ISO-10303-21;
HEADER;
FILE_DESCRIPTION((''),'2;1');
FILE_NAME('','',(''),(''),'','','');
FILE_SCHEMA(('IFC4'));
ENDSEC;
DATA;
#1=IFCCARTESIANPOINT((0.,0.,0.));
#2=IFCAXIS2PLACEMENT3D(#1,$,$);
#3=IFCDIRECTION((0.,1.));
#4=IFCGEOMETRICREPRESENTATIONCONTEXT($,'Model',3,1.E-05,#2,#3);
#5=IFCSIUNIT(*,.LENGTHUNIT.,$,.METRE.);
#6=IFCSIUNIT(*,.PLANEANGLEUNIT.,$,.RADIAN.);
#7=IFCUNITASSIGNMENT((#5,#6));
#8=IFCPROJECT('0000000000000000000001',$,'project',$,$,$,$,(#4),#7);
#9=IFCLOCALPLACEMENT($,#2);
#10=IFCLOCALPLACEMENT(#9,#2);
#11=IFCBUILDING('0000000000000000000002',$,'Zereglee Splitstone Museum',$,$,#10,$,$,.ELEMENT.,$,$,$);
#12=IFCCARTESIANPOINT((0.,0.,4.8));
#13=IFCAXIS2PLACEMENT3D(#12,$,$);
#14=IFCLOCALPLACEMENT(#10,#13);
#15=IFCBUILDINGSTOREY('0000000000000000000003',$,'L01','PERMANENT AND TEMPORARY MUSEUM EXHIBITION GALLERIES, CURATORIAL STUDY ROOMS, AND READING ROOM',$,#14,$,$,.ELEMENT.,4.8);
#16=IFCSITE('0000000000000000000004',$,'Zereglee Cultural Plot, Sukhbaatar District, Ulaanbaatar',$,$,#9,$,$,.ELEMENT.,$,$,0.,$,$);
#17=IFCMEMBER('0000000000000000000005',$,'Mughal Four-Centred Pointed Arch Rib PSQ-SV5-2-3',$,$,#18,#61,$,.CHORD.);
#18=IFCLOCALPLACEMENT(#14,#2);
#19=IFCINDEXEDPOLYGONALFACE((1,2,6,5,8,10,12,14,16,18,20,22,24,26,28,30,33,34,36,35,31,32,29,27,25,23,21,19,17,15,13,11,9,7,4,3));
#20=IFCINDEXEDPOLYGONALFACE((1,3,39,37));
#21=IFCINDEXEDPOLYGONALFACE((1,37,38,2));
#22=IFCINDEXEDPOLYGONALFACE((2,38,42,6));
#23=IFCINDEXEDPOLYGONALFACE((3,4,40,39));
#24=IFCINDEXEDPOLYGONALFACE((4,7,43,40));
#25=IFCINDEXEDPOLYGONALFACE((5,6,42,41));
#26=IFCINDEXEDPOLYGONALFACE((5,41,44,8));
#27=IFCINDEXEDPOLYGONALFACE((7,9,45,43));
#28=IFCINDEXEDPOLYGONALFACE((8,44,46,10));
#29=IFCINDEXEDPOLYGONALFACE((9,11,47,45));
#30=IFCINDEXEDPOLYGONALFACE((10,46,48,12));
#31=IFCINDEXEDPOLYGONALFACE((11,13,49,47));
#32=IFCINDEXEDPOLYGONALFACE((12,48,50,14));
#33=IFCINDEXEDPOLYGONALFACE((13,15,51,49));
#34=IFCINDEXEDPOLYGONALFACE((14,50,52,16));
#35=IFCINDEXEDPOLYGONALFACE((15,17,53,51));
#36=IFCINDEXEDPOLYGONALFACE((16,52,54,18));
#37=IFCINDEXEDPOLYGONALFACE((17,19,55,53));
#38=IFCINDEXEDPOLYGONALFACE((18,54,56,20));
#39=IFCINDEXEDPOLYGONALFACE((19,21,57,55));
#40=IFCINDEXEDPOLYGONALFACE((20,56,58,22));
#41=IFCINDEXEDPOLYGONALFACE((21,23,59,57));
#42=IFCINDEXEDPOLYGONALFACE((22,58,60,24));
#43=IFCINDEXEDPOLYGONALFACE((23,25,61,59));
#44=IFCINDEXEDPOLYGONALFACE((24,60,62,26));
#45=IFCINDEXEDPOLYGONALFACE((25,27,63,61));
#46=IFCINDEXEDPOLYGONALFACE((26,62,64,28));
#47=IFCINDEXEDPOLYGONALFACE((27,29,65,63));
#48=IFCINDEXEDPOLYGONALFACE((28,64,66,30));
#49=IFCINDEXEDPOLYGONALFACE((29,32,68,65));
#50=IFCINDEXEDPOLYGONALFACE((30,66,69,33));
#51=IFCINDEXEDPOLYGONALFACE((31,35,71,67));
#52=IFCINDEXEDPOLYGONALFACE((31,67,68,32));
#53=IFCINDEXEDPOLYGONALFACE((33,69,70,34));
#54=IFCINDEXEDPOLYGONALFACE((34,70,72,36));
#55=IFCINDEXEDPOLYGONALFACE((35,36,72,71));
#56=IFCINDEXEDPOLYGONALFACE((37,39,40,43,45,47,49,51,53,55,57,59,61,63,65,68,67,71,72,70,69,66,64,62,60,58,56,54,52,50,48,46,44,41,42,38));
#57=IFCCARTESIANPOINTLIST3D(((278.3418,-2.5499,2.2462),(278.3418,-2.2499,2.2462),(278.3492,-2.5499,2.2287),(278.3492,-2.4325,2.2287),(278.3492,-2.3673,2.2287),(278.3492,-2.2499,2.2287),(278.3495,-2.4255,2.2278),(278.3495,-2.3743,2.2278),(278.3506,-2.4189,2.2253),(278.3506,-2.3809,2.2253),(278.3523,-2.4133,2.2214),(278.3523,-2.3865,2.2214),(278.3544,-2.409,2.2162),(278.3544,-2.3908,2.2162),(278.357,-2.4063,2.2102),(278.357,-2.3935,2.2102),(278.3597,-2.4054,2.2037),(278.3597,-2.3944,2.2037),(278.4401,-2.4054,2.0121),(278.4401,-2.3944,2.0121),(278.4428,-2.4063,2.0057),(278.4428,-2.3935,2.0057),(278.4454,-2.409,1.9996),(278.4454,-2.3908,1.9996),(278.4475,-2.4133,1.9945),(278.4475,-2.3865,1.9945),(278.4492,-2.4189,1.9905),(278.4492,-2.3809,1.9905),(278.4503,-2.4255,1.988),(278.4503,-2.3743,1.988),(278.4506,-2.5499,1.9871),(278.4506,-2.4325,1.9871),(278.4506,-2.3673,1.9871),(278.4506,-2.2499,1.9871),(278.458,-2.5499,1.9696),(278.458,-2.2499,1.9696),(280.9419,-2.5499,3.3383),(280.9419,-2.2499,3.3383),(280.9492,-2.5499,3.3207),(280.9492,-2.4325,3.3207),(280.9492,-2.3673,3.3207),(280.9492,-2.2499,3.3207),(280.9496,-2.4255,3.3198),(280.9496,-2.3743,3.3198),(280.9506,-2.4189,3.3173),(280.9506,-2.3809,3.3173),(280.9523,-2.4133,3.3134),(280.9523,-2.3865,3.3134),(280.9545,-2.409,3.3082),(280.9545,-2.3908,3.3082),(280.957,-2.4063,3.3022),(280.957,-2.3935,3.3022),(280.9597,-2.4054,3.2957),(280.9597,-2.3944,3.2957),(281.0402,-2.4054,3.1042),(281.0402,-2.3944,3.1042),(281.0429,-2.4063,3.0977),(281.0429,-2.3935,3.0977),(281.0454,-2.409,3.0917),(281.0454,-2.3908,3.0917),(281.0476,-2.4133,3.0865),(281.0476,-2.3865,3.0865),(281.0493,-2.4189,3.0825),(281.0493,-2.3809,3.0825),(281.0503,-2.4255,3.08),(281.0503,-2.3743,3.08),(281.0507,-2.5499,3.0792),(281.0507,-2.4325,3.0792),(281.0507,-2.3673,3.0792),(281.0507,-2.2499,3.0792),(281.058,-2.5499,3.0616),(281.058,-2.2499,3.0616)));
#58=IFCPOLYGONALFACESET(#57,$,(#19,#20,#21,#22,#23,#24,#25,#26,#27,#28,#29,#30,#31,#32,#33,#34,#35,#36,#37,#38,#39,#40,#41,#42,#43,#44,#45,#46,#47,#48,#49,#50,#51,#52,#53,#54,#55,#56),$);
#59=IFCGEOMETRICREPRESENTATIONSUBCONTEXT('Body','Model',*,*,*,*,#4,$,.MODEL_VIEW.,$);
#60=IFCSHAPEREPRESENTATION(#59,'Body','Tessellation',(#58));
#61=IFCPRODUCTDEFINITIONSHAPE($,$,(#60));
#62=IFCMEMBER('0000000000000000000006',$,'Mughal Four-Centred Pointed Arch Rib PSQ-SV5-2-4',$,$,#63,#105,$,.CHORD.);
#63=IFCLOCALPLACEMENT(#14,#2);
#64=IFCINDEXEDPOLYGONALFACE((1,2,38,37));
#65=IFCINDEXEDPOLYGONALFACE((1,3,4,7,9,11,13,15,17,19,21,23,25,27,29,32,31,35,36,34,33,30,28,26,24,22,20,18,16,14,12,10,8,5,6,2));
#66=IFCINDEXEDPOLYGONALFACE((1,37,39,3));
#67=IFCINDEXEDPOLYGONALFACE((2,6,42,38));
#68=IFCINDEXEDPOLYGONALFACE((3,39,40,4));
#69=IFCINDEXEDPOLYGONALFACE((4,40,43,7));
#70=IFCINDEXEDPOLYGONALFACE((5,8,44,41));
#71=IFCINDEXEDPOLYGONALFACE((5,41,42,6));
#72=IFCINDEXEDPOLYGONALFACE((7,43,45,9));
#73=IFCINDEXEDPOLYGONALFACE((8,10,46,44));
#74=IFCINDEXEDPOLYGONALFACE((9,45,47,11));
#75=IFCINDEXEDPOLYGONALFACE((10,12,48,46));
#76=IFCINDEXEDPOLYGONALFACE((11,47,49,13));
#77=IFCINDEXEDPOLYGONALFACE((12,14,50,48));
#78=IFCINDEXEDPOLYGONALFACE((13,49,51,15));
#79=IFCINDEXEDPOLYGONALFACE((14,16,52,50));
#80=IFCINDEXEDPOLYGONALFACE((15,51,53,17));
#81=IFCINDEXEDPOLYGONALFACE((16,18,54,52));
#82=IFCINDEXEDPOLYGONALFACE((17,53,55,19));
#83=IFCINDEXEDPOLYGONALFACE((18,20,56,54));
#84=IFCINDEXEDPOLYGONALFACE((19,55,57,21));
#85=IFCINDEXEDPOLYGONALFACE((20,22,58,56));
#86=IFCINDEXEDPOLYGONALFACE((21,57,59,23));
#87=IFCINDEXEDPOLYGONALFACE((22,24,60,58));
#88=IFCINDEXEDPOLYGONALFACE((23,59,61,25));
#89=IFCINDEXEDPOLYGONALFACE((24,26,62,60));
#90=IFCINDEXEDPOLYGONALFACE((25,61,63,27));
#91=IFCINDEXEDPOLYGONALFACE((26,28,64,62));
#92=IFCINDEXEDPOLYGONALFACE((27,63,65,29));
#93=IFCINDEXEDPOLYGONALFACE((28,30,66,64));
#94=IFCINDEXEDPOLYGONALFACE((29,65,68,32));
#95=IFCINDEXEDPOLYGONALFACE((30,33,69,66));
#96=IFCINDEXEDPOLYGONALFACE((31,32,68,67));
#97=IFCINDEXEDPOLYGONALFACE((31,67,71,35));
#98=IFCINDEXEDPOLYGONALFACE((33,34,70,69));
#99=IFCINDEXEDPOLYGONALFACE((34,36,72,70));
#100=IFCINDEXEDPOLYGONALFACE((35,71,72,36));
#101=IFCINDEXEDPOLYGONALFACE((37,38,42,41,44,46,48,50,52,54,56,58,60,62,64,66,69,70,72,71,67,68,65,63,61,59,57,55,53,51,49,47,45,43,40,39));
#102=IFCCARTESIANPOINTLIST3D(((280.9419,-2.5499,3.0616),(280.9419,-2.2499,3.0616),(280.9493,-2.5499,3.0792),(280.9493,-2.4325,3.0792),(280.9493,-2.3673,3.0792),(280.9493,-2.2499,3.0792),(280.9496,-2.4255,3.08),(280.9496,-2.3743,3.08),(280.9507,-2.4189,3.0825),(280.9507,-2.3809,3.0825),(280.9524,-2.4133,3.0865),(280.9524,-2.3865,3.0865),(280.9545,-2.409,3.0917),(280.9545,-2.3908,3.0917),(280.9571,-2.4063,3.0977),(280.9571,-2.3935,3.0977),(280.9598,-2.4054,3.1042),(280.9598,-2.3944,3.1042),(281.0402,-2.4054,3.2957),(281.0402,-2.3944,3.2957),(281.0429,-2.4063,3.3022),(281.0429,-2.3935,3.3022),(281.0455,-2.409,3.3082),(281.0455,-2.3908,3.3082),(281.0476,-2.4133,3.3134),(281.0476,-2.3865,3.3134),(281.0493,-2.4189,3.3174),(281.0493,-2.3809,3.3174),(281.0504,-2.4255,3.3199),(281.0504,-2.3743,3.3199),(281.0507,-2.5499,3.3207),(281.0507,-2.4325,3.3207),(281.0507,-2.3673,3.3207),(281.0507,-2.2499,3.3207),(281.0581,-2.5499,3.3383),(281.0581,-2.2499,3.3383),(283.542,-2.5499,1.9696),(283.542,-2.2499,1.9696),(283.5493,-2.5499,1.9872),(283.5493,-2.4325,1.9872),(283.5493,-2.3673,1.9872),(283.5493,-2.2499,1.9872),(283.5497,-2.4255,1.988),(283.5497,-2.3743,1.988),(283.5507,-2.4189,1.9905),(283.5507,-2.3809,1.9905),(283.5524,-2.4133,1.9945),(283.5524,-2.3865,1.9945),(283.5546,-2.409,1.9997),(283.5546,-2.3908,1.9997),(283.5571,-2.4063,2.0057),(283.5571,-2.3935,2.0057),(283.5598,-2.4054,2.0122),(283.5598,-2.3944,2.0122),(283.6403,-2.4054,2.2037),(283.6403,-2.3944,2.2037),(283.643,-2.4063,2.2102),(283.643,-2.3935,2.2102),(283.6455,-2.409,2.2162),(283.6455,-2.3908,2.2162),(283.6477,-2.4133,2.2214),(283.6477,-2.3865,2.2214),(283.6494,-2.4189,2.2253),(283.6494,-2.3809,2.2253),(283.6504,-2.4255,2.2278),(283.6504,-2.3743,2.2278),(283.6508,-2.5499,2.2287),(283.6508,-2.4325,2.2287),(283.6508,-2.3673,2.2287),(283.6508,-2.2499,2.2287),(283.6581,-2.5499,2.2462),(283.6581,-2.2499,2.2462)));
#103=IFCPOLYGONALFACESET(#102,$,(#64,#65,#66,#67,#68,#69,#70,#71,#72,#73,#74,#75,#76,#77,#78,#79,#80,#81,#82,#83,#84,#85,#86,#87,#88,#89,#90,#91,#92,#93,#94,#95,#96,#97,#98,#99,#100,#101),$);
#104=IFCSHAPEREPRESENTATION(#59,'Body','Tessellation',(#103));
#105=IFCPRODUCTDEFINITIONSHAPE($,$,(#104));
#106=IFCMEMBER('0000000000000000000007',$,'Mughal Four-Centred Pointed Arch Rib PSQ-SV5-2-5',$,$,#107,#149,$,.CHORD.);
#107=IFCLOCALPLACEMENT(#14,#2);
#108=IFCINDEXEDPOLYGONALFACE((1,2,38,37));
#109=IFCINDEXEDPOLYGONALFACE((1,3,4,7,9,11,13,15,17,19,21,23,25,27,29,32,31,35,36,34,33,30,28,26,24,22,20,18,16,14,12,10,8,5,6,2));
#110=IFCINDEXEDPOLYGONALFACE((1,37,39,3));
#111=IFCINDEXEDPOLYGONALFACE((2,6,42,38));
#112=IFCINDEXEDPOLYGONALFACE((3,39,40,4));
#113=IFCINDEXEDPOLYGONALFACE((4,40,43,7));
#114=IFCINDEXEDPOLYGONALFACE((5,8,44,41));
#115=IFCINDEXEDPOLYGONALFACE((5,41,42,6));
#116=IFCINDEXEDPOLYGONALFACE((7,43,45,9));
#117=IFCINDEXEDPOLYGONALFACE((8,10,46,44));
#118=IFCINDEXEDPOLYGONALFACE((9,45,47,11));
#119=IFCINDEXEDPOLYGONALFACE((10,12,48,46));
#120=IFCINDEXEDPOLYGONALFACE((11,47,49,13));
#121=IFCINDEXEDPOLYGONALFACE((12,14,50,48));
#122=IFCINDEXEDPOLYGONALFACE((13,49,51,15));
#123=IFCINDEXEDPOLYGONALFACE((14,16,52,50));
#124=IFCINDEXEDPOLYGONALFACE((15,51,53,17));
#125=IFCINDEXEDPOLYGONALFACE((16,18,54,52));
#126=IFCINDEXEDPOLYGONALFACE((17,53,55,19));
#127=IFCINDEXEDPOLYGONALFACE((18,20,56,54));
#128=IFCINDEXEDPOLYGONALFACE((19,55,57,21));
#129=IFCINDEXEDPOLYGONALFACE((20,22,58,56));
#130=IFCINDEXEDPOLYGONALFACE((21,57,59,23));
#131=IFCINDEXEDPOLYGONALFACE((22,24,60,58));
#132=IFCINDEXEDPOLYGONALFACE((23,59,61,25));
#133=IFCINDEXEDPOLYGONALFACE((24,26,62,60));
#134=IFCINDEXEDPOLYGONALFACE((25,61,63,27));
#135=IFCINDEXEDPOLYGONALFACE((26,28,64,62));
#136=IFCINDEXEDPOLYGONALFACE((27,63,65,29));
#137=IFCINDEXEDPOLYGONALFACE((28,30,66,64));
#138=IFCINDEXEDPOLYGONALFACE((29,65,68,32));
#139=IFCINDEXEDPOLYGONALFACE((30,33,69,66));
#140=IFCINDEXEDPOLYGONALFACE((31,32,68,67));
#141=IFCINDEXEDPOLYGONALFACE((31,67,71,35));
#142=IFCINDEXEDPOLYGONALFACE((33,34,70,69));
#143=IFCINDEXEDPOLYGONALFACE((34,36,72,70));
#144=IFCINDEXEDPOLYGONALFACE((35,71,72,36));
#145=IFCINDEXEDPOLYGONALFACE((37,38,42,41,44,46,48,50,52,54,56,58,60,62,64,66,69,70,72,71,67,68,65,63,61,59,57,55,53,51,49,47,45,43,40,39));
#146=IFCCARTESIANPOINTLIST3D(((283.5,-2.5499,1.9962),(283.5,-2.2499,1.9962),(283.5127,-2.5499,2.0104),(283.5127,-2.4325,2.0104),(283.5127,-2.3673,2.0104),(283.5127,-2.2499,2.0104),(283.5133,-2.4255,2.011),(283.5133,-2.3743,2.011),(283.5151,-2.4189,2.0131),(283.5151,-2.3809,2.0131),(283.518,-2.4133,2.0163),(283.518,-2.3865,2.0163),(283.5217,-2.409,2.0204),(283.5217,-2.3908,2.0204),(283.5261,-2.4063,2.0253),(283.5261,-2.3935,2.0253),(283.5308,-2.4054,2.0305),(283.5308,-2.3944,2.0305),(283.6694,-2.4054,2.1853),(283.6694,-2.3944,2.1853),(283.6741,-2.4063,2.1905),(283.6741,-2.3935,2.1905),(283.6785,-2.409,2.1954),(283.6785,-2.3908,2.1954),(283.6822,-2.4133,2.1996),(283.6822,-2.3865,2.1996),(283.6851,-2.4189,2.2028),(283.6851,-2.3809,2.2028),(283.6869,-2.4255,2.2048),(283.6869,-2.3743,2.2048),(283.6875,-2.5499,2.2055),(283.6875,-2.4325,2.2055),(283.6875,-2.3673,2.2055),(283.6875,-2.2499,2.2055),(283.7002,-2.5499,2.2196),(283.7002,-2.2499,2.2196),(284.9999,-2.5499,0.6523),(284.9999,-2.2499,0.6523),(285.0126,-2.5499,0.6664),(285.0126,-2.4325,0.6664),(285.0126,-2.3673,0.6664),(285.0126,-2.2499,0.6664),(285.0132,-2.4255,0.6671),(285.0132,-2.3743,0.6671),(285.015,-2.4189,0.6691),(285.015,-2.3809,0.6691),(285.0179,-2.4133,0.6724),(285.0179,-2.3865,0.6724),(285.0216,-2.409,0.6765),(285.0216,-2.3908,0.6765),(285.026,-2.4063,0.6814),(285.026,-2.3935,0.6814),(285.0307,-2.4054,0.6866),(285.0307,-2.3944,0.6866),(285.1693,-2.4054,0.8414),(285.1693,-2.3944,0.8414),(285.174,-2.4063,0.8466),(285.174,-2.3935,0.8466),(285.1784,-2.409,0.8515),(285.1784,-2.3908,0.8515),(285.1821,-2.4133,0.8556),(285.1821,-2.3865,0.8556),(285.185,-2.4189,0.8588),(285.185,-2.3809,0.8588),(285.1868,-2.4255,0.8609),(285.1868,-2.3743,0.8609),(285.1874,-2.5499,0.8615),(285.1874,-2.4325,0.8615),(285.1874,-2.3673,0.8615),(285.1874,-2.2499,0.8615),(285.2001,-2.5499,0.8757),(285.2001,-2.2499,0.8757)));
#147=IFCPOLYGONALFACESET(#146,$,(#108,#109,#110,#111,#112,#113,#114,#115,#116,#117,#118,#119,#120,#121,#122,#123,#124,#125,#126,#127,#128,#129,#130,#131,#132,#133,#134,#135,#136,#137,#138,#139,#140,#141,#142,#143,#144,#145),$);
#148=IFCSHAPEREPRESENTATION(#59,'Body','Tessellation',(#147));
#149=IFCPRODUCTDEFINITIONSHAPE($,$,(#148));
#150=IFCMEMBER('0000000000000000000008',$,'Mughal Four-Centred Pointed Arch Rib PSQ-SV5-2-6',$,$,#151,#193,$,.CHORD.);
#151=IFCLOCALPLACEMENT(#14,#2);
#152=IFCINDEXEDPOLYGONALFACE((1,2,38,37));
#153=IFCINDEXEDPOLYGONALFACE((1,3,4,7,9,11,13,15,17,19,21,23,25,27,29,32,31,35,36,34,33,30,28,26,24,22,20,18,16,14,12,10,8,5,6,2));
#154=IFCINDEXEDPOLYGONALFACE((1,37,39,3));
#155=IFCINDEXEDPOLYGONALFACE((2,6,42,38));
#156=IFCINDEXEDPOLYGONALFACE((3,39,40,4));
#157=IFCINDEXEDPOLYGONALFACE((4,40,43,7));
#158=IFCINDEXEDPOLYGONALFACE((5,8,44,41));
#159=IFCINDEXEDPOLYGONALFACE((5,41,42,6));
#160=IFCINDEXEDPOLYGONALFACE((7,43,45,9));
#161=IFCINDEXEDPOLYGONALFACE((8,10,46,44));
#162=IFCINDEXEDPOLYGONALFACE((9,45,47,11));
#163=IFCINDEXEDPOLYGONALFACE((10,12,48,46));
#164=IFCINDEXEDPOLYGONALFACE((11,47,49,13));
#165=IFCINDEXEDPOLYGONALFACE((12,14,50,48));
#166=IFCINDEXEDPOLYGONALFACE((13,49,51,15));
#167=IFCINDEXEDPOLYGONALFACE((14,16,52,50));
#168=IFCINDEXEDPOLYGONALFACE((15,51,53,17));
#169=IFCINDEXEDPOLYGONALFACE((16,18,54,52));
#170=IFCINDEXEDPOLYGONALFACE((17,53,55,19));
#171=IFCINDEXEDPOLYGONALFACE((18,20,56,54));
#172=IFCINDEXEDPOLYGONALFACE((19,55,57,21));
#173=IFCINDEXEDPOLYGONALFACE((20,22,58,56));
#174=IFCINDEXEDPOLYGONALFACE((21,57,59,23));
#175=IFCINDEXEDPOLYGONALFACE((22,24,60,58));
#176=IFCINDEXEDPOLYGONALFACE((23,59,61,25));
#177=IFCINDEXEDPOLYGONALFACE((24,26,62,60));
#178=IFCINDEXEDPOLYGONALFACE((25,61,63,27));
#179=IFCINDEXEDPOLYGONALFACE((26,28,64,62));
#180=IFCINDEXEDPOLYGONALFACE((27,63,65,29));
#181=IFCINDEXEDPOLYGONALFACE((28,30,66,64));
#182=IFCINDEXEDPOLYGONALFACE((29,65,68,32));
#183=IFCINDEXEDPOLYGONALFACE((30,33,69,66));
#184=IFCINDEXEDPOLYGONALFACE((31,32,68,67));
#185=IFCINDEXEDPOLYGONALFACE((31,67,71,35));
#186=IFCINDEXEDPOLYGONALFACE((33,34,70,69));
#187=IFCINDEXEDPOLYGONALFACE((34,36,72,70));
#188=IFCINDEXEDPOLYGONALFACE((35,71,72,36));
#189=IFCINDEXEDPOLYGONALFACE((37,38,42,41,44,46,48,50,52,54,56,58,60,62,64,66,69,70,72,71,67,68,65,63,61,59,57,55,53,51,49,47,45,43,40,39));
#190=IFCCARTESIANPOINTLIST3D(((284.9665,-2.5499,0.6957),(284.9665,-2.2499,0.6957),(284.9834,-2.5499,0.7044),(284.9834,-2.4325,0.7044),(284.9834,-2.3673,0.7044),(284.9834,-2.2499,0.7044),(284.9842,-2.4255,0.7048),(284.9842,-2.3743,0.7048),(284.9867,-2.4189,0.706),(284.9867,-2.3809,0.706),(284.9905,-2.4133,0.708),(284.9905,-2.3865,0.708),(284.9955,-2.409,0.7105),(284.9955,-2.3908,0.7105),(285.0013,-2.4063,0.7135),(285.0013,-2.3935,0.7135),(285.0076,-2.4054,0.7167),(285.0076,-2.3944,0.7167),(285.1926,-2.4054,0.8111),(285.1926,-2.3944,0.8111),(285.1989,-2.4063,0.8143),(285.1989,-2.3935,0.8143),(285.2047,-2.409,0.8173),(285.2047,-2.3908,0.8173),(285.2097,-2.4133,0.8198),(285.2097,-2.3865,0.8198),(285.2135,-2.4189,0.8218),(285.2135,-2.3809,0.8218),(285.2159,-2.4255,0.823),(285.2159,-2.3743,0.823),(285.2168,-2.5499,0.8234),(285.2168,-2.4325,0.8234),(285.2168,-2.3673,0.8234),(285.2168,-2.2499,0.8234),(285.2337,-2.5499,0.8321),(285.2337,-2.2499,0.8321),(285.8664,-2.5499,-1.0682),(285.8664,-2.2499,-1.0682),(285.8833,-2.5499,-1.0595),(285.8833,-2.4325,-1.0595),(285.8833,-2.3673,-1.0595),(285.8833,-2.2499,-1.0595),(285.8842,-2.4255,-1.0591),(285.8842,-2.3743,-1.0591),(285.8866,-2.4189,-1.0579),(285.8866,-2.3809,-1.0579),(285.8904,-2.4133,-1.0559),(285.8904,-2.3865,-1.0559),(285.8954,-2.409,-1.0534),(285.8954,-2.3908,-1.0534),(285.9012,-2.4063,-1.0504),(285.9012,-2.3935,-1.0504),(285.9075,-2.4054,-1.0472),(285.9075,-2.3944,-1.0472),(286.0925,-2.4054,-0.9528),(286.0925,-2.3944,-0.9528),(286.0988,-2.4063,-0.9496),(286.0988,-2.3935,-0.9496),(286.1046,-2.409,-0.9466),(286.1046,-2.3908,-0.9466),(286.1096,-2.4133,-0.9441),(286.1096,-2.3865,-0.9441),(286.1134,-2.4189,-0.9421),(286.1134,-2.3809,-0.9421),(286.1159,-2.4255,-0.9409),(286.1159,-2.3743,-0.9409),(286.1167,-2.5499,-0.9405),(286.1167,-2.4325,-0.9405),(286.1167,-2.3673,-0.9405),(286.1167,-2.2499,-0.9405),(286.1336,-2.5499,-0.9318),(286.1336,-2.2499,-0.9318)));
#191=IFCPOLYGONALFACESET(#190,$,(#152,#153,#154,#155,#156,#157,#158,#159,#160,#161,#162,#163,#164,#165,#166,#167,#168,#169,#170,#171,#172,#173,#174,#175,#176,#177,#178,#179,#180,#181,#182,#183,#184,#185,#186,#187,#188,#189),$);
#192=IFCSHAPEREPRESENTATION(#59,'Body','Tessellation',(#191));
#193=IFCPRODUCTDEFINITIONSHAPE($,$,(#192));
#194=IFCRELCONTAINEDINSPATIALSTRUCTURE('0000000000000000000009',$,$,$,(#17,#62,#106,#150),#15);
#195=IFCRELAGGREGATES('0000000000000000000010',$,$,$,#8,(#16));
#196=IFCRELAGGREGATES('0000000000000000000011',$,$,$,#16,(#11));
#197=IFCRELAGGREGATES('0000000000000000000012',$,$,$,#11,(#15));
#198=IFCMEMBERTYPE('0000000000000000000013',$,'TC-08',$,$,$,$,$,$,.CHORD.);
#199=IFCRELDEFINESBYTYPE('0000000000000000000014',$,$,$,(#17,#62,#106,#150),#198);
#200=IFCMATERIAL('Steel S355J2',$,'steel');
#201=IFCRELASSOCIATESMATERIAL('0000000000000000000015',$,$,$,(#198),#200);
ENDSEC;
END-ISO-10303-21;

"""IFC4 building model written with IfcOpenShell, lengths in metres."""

from ifc_helpers import new_model, si_unit, direction, frame, origin, origin_2d, place, context, subcontext, project, spatial, i_section, extrude, material, material_profile, profile_set, type_object, element, save


model = new_model("IFC4")

# Units and contexts
model_context = context("Model", 3, precision=1e-05, world=origin(), true_north=direction((0.0, 1.0)))
body_context = subcontext(model_context, "Body", "Model", "MODEL_VIEW")
ifc_project = project(units=[si_unit("LENGTHUNIT", "METRE"), si_unit("PLANEANGLEUNIT", "RADIAN")], contexts=[model_context])

# Site, building, storey
site_placement = place(None, origin())
site = spatial("IfcSite", under=ifc_project, at=site_placement, Name="Zereglee Cultural Plot, Sukhbaatar District, Ulaanbaatar", CompositionType="ELEMENT", RefElevation=0.0)
building_placement = place(site_placement, origin())
building = spatial("IfcBuilding", under=site, at=building_placement, Name="Zereglee Splitstone Museum", CompositionType="ELEMENT")
storey_placement = place(building_placement, frame((0.0, 0.0, 4.8)))
storey = spatial("IfcBuildingStorey", under=building, at=storey_placement, Name="L01", Description="PERMANENT AND TEMPORARY MUSEUM EXHIBITION GALLERIES, CURATORIAL STUDY ROOMS, AND READING ROOM", CompositionType="ELEMENT", Elevation=4.8)

# Shared definitions
ifc_material_1 = material(Name="Steel S355J2", Category="steel")

# Members
ifc_material_profile_1 = material_profile(ifc_material_1, i_section(OverallWidth=0.3, OverallDepth=0.3, WebThickness=0.011, FlangeThickness=0.019, FilletRadius=0.0271, at=origin_2d()), Name="HE 300 B")
ifc_profile_set_1 = profile_set([ifc_material_profile_1], Name="Steel S355J2")
member_type_1 = type_object("IfcMemberType", Name="TC-08", PredefinedType="CHORD", material=ifc_profile_set_1)
for number, where, z_axis, x_axis, name in (
    (1, (278.3999, -2.3999, 2.1079), (0.921982, 0.0, 0.387232), (0.0, 1.0, 0.0), "Mughal Four-Centred Pointed Arch Rib PSQ-SV5-2-3"),
    (2, (281.0, -2.3999, 3.2), (0.921982, 0.0, -0.387232), (0.0, 1.0, 0.0), "Mughal Four-Centred Pointed Arch Rib PSQ-SV5-2-4"),
):
    element("IfcMember", number, at=place(storey_placement, frame(where, z_axis=z_axis, x_axis=x_axis)), inside=storey, type_object=member_type_1, Name=name, PredefinedType="CHORD", context=body_context, shape_type="SweptSolid", body=[
        extrude(i_section(OverallWidth=0.3, OverallDepth=0.3, WebThickness=0.011, FlangeThickness=0.019, FilletRadius=0.0271, at=origin_2d()), origin(), (0.0, 0.0, 1.0), 2.8201),
    ])
member_1_placement = place(storey_placement, frame((283.6001, -2.3999, 2.1079), z_axis=(0.744775, 0.0, -0.667316), x_axis=(0.0, 1.0, 0.0)))
element("IfcMember", 3, at=member_1_placement, inside=storey, type_object=member_type_1, Name="Mughal Four-Centred Pointed Arch Rib PSQ-SV5-2-5", PredefinedType="CHORD", context=body_context, shape_type="SweptSolid", body=[
    extrude(i_section(OverallWidth=0.3, OverallDepth=0.3, WebThickness=0.011, FlangeThickness=0.019, FilletRadius=0.0271, at=origin_2d()), origin(), (0.0, 0.0, 1.0), 2.0139),
])
member_2_placement = place(storey_placement, frame((285.1001, -2.3999, 0.7639), z_axis=(0.454448, 0.0, -0.890773), x_axis=(0.0, 1.0, 0.0)))
element("IfcMember", 4, at=member_2_placement, inside=storey, type_object=member_type_1, Name="Mughal Four-Centred Pointed Arch Rib PSQ-SV5-2-6", PredefinedType="CHORD", context=body_context, shape_type="SweptSolid", body=[
    extrude(i_section(OverallWidth=0.3, OverallDepth=0.3, WebThickness=0.011, FlangeThickness=0.019, FilletRadius=0.0271, at=origin_2d()), origin(), (0.0, 0.0, 1.0), 1.9802),
])

save(model, "model.ifc")
